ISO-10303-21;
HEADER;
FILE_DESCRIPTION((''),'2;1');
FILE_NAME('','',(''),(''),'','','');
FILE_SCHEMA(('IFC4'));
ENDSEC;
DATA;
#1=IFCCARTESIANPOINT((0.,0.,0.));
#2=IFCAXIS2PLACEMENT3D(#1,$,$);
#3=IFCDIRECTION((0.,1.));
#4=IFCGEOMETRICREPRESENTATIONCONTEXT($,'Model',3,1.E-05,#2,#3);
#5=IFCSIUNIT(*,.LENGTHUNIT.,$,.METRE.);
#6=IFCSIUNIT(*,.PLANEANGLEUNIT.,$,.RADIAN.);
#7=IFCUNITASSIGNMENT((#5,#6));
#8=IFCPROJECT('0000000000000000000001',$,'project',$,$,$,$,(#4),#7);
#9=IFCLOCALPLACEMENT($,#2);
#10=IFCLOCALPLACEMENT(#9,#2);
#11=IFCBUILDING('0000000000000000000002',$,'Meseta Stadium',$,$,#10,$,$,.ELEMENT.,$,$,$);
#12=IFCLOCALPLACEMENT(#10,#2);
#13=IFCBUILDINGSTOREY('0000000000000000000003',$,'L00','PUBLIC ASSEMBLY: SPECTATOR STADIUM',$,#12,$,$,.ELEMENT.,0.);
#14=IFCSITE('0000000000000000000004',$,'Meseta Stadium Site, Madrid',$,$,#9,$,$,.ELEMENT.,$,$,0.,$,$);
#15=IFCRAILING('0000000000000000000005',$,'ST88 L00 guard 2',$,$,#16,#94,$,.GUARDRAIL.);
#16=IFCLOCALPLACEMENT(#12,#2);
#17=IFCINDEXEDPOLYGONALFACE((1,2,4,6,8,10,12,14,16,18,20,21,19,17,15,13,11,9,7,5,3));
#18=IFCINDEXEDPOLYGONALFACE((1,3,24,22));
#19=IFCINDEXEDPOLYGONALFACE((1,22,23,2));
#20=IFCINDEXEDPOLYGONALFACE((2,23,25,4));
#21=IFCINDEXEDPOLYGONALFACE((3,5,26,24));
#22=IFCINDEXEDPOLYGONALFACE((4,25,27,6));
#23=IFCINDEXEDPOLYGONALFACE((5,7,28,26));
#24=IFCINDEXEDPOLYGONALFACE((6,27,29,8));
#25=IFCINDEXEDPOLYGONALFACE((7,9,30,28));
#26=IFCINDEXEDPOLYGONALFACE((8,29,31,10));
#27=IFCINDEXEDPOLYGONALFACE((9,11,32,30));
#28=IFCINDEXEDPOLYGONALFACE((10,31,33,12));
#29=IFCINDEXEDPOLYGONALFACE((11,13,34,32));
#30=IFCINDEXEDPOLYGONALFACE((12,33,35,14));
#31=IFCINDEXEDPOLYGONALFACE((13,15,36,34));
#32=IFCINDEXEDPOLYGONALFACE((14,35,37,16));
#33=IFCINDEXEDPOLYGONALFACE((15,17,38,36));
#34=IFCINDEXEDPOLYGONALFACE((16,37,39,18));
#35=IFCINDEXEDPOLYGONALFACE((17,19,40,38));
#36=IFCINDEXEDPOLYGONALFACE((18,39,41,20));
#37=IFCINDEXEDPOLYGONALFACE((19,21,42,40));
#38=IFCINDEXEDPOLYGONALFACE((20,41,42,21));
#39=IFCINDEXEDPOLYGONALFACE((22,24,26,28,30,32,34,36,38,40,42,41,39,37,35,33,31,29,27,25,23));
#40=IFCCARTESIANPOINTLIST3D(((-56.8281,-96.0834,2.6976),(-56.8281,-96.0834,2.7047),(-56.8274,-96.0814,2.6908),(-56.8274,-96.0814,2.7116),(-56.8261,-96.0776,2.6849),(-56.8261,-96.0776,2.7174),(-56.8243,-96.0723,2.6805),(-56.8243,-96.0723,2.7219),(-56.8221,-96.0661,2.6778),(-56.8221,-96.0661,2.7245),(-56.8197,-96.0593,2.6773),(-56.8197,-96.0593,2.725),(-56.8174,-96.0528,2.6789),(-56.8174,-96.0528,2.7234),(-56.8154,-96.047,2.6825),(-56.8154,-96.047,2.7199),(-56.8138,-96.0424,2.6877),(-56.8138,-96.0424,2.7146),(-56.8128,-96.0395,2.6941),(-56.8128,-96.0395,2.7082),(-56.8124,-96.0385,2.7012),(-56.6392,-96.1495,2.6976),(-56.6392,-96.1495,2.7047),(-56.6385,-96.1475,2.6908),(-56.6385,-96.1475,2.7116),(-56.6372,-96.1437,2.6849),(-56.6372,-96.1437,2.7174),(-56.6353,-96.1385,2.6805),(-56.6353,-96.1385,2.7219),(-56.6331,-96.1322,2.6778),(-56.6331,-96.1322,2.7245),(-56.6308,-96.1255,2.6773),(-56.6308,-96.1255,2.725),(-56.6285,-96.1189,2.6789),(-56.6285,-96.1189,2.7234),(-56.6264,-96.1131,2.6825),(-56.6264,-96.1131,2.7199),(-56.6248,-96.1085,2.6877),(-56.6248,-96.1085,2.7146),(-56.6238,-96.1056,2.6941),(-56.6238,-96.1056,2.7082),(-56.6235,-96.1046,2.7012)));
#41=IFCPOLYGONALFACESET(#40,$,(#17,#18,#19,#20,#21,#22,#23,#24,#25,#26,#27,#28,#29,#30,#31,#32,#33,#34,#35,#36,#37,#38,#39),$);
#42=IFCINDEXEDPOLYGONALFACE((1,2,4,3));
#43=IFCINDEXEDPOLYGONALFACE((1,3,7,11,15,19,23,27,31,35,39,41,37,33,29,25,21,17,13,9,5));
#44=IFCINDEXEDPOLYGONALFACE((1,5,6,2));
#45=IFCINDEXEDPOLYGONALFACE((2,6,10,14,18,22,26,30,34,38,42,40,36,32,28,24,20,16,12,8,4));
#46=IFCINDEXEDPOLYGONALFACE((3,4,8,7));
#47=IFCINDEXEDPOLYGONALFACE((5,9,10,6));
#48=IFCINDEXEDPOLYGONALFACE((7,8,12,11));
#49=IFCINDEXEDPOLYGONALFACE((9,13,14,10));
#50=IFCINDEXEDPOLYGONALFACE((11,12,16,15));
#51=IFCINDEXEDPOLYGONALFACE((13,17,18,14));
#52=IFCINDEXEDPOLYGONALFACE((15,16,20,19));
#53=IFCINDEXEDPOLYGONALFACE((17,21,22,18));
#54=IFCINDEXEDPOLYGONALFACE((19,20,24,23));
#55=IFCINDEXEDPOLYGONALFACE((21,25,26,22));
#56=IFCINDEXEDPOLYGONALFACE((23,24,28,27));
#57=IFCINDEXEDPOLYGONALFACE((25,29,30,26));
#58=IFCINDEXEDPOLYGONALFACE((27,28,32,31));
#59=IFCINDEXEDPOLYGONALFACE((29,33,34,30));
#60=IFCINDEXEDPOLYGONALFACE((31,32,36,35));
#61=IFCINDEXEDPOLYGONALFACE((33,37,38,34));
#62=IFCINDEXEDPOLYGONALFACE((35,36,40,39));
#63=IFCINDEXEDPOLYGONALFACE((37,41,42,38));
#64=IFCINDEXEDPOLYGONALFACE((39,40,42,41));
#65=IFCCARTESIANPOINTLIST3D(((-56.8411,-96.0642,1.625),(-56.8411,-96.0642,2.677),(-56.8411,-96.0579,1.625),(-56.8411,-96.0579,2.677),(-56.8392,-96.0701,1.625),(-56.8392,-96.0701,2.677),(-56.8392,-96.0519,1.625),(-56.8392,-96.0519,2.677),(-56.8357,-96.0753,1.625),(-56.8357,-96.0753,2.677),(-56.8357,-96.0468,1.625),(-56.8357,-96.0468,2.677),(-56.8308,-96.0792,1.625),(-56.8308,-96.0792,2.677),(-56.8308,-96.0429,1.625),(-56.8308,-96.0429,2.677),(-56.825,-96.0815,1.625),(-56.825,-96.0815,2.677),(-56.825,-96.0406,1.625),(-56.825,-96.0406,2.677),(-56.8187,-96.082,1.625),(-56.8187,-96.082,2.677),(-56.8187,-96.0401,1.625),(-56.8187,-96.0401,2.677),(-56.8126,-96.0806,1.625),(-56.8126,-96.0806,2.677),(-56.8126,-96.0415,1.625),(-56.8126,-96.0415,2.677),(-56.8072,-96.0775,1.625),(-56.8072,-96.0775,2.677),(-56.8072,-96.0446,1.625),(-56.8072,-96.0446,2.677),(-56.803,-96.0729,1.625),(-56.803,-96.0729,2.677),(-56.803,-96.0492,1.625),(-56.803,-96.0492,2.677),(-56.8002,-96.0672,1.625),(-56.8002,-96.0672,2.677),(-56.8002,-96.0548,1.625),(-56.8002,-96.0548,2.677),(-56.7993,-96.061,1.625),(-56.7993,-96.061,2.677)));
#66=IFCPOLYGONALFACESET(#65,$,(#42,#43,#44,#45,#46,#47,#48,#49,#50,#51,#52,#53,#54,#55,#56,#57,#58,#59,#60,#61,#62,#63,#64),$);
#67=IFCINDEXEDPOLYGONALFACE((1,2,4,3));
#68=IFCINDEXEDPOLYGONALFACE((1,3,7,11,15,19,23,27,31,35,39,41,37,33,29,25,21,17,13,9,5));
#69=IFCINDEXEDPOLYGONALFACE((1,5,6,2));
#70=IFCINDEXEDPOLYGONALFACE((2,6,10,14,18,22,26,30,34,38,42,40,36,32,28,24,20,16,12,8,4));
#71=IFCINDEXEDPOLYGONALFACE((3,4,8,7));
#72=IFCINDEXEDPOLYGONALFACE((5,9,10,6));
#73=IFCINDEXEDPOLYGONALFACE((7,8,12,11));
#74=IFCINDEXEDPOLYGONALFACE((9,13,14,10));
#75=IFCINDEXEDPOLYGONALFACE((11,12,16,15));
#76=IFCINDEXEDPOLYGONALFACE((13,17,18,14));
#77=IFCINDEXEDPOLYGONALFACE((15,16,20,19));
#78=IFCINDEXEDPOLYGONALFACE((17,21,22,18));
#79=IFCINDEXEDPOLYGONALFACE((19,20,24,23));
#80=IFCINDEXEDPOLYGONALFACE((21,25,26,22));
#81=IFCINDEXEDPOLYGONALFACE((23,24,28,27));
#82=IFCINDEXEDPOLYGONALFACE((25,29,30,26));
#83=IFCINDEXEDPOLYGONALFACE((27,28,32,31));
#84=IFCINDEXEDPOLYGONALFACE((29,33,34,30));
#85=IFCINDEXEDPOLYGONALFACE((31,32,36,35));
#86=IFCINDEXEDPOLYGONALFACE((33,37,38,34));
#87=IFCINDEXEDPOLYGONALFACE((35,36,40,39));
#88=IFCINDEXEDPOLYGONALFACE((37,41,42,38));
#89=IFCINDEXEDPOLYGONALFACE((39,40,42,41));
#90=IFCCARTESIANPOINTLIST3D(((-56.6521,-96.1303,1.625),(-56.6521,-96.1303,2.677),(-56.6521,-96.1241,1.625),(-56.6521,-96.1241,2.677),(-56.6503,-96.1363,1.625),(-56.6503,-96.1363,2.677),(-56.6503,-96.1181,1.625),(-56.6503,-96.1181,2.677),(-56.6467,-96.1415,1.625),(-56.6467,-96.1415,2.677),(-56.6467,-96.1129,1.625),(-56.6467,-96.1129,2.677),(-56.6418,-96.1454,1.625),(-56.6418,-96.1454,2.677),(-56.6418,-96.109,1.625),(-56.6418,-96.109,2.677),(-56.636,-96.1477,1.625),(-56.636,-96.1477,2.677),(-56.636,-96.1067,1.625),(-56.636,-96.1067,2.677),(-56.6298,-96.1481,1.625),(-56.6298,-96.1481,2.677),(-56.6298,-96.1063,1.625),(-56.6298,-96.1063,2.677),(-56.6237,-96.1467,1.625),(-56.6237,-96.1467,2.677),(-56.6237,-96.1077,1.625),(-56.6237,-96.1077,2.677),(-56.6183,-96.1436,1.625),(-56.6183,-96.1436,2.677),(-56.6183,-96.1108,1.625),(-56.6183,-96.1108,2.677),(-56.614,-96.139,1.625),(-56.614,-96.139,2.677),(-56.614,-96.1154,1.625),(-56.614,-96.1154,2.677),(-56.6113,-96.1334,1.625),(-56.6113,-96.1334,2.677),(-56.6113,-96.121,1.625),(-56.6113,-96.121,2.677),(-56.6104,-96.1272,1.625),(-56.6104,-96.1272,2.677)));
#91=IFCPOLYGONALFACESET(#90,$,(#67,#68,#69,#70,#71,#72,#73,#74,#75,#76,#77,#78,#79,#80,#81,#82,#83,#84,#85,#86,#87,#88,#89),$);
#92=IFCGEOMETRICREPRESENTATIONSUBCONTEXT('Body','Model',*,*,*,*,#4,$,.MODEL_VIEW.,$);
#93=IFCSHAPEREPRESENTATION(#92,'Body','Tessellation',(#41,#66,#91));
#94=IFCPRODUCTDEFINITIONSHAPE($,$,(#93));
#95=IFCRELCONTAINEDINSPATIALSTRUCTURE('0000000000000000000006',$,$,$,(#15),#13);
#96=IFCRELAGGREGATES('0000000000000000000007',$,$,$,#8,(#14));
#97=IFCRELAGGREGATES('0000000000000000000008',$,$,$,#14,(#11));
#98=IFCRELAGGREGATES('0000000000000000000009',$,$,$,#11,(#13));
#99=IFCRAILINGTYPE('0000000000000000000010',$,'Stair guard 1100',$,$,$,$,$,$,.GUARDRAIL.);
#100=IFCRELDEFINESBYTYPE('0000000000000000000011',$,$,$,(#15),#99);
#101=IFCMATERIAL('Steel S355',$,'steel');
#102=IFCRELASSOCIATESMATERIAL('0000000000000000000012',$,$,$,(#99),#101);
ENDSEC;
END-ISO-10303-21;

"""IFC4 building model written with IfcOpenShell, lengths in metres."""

from ifc_helpers import new_model, si_unit, direction, frame, origin, origin_2d, place, context, subcontext, project, spatial, circle, extrude, material, type_object, element, save


model = new_model("IFC4")

# Units and contexts
model_context = context("Model", 3, precision=1e-05, world=origin(), true_north=direction((0.0, 1.0)))
body_context = subcontext(model_context, "Body", "Model", "MODEL_VIEW")
ifc_project = project(units=[si_unit("LENGTHUNIT", "METRE"), si_unit("PLANEANGLEUNIT", "RADIAN")], contexts=[model_context])

# Site, building, storey
site_placement = place(None, origin())
site = spatial("IfcSite", under=ifc_project, at=site_placement, Name="Meseta Stadium Site, Madrid", CompositionType="ELEMENT", RefElevation=0.0)
building_placement = place(site_placement, origin())
building = spatial("IfcBuilding", under=site, at=building_placement, Name="Meseta Stadium", CompositionType="ELEMENT")
storey_placement = place(building_placement, origin())
storey = spatial("IfcBuildingStorey", under=building, at=storey_placement, Name="L00", Description="PUBLIC ASSEMBLY: SPECTATOR STADIUM", CompositionType="ELEMENT", Elevation=0.0)

# Railing
ifc_material_1 = material(Name="Steel S355", Category="steel")
railing_type_1 = type_object("IfcRailingType", Name="Stair guard 1100", PredefinedType="GUARDRAIL", material=ifc_material_1)
railing_1_placement = place(storey_placement, frame((-56.8203, -96.061, 1.625)))
element("IfcRailing", 1, at=railing_1_placement, inside=storey, type_object=railing_type_1, Name="ST88 L00 guard 2", PredefinedType="GUARDRAIL", context=body_context, shape_type="SweptSolid", body=[
    extrude(circle(Radius=0.0239, at=origin_2d()), frame((0.0, 0.0, 1.0762), z_axis=(0.94382, -0.330459, 0.0), x_axis=(0.330459, 0.94382, 0.0)), (0.0, 0.0, 1.0), 0.2002),
    extrude(circle(Radius=0.021, at=origin_2d()), origin(), (0.0, 0.0, 1.0), 1.052),
    extrude(circle(Radius=0.021, at=origin_2d()), frame((0.189, -0.0662, 0.0)), (0.0, 0.0, 1.0), 1.052),
])

save(model, "model.ifc")
